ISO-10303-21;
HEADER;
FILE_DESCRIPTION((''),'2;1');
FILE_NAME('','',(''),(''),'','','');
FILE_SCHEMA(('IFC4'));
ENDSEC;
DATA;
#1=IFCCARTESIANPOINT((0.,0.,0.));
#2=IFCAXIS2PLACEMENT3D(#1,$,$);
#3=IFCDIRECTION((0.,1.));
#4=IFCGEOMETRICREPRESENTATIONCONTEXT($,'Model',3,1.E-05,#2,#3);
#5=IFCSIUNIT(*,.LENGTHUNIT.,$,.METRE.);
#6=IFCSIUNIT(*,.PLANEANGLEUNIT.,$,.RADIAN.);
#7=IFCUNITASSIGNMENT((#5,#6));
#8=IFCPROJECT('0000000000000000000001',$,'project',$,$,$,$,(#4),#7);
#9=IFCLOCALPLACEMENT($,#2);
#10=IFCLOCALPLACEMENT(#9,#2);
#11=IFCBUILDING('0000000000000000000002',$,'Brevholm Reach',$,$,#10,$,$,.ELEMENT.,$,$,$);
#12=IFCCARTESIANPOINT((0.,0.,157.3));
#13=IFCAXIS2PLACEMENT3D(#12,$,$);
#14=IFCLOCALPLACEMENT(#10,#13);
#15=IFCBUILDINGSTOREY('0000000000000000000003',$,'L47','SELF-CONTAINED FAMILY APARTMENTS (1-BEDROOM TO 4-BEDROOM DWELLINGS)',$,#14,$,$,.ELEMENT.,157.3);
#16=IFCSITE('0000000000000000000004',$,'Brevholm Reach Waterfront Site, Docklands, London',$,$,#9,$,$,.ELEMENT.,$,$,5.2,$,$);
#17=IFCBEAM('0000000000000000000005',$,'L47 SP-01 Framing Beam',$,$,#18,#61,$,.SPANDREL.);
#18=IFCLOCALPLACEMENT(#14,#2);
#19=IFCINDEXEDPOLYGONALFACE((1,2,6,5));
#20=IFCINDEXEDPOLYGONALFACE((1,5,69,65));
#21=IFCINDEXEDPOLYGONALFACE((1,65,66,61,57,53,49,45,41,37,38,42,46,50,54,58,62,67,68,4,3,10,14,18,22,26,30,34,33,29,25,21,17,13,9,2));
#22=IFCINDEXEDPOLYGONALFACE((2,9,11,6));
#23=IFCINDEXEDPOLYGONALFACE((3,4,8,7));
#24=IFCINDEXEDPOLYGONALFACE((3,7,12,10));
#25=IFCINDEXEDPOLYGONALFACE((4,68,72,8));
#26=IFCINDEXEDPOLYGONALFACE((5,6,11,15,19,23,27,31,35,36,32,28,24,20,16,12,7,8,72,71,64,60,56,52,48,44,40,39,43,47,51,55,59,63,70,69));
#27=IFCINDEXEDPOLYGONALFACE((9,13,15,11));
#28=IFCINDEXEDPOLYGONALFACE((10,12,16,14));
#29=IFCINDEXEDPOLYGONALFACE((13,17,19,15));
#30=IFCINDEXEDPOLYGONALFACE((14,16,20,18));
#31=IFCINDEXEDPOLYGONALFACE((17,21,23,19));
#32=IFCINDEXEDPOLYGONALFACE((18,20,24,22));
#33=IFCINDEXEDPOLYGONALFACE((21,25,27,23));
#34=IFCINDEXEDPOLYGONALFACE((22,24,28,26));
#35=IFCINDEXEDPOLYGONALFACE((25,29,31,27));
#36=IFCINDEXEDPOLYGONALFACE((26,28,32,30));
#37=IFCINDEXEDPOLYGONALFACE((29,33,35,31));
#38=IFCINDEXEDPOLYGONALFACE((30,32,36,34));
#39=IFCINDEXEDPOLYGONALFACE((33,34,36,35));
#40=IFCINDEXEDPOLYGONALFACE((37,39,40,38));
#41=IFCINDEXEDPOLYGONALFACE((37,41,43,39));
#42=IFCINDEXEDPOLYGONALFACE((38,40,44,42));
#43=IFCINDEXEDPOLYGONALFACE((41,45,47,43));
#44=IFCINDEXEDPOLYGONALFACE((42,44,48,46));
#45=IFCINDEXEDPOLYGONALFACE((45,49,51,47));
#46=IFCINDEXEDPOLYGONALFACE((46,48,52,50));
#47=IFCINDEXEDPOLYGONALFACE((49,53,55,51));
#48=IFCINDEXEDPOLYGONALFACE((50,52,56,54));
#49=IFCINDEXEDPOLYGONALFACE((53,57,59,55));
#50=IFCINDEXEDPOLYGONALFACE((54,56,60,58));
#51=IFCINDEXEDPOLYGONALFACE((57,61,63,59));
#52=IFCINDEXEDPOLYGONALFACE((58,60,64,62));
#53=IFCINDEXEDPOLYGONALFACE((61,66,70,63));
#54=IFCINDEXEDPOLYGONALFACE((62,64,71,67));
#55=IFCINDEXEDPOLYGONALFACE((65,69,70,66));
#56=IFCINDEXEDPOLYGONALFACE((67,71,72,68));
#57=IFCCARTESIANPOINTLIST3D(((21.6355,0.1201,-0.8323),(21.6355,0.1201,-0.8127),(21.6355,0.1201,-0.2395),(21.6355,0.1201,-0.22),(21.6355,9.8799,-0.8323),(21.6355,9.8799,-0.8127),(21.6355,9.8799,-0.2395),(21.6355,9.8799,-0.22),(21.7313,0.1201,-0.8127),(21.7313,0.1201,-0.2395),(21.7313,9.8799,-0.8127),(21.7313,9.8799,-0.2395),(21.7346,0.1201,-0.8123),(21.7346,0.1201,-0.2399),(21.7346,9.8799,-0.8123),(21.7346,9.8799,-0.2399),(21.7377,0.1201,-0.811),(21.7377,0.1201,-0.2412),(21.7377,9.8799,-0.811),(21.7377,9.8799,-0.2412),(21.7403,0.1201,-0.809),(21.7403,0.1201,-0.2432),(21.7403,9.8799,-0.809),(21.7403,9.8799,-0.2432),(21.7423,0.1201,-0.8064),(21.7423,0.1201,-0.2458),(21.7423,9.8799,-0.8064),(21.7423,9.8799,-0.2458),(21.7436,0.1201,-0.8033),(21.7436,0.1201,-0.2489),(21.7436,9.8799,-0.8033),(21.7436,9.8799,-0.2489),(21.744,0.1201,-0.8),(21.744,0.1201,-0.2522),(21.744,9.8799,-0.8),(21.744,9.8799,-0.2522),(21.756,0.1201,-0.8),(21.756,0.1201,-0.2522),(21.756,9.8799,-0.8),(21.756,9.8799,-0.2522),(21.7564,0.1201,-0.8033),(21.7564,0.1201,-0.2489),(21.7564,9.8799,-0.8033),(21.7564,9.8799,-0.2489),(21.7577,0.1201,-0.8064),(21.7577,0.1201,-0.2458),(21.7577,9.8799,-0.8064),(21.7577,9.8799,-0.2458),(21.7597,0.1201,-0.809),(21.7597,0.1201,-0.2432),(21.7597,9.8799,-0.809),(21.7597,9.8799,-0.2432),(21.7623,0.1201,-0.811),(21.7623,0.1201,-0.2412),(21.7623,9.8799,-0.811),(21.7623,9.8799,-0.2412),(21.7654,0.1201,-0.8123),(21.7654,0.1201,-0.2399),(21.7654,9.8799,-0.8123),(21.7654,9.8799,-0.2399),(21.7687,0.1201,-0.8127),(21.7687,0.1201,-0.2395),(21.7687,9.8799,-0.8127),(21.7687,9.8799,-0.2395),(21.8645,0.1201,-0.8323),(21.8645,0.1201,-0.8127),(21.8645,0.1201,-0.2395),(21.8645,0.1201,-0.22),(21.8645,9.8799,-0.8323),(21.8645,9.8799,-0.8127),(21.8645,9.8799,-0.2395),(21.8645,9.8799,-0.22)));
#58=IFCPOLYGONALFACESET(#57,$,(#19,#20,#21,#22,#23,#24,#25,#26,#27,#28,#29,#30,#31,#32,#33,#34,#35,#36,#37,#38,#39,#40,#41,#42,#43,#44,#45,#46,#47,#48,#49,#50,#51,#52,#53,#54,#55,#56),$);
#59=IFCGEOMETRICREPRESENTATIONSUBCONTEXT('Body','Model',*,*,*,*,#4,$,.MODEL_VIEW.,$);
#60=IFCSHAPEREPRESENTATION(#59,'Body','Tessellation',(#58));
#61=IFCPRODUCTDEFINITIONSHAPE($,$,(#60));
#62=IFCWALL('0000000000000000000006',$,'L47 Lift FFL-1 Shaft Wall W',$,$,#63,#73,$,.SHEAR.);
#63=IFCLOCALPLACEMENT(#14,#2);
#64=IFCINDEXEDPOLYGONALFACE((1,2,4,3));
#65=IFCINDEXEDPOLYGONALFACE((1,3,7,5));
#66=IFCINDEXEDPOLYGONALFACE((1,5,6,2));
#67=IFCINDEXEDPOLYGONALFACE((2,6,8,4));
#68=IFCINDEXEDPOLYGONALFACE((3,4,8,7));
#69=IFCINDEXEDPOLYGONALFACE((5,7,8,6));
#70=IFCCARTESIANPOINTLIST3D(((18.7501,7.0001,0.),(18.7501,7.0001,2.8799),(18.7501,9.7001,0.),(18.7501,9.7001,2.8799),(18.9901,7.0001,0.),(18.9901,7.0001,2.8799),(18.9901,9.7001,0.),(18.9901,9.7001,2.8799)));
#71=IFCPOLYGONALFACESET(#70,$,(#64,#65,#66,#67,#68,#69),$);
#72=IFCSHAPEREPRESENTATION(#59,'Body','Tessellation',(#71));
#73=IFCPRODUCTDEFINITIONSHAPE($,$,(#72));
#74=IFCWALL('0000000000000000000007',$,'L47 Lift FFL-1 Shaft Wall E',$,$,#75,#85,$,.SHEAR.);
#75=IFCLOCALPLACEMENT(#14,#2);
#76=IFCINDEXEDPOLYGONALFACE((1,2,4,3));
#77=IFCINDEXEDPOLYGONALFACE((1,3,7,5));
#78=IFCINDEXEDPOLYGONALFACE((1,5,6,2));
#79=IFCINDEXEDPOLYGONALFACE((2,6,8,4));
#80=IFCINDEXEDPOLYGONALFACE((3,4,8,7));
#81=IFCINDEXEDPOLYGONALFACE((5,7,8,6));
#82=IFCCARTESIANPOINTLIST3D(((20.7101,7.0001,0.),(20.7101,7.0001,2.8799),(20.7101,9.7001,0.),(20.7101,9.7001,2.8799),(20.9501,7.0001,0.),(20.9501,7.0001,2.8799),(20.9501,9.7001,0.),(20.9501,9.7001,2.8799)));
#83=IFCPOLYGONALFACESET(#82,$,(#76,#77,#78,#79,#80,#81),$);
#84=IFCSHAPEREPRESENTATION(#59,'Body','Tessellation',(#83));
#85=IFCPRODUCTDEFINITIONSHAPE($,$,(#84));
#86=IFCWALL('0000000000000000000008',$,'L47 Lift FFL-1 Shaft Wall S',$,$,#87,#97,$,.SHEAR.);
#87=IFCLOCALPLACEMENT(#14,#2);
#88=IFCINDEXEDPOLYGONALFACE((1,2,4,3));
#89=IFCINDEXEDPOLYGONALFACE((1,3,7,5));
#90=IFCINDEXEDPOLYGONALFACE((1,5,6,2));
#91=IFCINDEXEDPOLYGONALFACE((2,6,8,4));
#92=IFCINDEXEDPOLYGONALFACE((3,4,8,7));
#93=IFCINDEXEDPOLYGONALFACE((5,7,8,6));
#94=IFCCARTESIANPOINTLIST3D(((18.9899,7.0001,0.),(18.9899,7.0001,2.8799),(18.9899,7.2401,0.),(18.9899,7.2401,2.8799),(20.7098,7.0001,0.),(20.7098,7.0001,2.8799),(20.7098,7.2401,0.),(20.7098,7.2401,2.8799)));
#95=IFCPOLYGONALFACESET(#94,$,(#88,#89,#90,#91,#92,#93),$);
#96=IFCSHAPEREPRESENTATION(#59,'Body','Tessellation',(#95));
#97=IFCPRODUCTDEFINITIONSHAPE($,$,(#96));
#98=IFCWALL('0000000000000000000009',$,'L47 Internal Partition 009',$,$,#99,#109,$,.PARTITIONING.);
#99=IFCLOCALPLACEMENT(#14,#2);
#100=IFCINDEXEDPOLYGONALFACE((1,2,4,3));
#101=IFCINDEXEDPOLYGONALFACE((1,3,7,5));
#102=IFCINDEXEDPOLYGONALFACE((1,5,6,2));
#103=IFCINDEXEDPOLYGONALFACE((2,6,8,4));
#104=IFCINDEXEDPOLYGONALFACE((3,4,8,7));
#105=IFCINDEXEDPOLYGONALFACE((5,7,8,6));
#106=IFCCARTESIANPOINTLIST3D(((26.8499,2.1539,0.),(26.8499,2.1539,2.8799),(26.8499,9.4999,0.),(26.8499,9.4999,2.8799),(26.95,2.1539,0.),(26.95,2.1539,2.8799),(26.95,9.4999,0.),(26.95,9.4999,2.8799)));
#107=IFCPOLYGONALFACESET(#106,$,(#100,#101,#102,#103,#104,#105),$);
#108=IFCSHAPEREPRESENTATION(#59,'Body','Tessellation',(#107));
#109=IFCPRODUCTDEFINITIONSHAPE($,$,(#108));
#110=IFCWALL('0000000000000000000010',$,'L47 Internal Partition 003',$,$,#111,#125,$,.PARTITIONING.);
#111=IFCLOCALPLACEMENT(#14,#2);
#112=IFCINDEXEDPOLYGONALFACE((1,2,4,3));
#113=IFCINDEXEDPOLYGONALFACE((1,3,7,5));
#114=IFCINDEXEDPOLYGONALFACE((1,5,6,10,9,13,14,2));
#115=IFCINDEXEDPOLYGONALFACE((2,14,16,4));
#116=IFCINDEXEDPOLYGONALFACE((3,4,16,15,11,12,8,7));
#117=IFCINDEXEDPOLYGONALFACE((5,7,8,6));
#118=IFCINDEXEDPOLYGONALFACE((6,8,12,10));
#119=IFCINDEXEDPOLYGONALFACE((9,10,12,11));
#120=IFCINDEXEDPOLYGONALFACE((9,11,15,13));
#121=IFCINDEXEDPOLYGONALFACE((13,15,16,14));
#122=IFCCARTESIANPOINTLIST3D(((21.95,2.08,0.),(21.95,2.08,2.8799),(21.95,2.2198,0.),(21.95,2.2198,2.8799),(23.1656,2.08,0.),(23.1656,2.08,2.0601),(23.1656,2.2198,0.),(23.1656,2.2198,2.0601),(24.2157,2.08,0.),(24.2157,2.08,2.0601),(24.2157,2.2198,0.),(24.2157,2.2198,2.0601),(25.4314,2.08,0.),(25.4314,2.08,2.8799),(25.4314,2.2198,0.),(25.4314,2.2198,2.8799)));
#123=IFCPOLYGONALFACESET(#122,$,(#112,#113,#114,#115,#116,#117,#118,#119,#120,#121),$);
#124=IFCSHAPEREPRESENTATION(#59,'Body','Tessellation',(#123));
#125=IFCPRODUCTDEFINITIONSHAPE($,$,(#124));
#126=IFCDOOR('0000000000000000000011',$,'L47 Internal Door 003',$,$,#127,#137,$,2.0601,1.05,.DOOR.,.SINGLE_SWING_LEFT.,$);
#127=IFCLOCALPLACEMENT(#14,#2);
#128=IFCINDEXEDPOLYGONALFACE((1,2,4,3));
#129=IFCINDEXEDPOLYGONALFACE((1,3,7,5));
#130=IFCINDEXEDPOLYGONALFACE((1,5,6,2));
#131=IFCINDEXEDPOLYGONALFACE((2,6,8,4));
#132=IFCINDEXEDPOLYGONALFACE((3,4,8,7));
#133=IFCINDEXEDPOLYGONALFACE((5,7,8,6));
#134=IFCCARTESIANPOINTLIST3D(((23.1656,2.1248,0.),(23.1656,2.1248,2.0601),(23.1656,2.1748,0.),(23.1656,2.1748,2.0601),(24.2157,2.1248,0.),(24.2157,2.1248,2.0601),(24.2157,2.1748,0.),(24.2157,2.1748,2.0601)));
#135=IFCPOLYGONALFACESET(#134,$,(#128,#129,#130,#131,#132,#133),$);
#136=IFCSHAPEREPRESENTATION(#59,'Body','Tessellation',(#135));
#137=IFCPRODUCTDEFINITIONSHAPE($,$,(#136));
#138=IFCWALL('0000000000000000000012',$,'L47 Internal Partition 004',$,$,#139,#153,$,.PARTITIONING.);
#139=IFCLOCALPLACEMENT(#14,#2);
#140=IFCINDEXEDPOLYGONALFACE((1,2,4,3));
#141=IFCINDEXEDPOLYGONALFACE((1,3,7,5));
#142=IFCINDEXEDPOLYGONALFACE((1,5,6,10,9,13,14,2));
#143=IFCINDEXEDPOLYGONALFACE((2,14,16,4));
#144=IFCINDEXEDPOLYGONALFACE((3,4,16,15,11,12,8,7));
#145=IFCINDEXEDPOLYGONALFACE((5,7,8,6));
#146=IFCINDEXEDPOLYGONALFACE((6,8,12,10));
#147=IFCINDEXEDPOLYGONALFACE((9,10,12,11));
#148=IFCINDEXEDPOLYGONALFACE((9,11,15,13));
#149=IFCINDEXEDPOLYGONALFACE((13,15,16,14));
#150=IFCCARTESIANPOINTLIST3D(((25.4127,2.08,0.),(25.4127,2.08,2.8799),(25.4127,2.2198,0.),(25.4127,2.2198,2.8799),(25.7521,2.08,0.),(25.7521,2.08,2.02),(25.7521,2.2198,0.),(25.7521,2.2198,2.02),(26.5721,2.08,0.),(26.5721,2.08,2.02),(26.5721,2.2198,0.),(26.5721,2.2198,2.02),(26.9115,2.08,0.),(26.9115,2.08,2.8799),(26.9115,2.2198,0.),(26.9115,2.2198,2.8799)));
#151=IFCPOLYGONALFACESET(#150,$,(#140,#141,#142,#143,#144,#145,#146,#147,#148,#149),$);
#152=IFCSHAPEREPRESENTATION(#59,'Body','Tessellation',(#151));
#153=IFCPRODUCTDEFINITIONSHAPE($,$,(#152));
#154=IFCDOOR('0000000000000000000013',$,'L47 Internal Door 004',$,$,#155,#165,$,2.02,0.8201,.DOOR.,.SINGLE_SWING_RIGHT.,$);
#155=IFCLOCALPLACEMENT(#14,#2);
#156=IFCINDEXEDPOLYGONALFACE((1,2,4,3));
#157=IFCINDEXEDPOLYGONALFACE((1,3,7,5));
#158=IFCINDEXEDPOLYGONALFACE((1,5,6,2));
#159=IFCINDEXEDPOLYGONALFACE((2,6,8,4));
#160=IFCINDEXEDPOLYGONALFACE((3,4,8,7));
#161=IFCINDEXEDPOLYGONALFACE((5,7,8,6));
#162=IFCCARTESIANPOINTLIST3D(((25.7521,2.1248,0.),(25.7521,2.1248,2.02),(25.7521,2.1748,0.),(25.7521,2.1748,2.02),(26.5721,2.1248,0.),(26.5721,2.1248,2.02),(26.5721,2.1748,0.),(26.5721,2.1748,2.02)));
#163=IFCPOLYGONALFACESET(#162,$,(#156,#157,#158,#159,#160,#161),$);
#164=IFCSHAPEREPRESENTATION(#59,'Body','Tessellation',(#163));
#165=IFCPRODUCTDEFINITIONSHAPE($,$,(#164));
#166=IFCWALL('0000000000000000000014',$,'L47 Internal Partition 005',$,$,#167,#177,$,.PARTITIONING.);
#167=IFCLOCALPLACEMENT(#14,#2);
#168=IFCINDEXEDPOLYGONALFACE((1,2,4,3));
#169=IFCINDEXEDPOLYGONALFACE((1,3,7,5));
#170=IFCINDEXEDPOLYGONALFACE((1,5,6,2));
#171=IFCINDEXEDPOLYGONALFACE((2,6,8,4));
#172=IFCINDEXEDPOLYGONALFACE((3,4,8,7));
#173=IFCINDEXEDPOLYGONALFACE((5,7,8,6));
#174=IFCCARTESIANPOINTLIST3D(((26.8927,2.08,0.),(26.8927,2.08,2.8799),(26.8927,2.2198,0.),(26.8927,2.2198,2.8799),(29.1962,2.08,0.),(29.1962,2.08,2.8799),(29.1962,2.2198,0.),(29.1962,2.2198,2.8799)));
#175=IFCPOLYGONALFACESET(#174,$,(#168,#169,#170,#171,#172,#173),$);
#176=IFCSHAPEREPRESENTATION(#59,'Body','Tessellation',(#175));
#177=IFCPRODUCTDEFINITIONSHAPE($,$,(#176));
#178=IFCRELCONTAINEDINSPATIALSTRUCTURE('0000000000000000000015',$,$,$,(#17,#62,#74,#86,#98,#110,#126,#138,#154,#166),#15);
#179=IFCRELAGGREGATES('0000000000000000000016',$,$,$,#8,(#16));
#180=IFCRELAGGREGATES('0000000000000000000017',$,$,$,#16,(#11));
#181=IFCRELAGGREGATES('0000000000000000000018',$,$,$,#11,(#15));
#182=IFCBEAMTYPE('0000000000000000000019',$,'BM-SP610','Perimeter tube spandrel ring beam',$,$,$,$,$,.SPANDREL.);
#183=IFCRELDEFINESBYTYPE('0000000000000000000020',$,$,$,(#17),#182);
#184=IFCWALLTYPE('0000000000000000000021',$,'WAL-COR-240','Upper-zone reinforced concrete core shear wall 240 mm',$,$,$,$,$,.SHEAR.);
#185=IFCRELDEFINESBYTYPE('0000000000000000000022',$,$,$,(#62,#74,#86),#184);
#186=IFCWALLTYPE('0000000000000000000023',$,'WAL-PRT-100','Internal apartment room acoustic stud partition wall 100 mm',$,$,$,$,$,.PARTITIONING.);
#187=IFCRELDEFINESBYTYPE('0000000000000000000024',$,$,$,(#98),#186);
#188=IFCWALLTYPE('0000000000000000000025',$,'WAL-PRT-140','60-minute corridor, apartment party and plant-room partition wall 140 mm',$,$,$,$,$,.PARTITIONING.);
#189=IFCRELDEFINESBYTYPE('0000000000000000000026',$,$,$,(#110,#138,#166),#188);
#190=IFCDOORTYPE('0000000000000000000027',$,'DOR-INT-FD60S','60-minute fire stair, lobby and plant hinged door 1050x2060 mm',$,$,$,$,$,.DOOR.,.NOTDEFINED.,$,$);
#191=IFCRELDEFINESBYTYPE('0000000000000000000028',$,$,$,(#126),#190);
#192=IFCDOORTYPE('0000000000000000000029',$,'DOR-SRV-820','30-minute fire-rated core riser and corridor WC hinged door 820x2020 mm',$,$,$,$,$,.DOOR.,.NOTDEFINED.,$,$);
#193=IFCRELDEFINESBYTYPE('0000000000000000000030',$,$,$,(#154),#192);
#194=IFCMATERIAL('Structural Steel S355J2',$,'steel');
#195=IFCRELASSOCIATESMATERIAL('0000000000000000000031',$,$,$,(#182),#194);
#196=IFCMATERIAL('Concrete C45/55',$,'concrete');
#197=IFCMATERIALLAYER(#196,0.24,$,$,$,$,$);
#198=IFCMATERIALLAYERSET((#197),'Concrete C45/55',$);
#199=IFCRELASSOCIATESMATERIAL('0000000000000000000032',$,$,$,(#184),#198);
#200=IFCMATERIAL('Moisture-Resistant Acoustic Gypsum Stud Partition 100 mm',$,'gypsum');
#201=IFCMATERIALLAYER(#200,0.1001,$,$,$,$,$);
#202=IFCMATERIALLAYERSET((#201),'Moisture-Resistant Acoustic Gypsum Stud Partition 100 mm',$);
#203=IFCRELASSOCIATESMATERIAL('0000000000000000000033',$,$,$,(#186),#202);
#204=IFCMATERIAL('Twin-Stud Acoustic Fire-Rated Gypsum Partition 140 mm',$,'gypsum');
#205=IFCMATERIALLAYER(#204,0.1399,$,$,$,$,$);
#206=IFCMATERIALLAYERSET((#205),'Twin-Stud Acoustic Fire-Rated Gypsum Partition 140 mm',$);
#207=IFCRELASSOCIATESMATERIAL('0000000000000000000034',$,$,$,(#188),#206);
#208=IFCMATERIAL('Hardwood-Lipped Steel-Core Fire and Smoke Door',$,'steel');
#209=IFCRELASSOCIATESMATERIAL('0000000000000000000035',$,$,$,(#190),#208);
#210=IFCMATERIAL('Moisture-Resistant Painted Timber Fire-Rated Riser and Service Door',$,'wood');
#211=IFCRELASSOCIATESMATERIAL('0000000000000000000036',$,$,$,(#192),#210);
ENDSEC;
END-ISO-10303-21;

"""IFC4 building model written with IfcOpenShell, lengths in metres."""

from ifc_helpers import new_model, si_unit, direction, frame, frame_2d, origin, origin_2d, place, context, subcontext, project, spatial, rectangle, i_section, extrude, material, layer, layer_set, material_profile, profile_set, type_object, element, fill, save


model = new_model("IFC4")

# Units and contexts
model_context = context("Model", 3, precision=1e-05, world=origin(), true_north=direction((0.0, 1.0)))
body_context = subcontext(model_context, "Body", "Model", "MODEL_VIEW")
ifc_project = project(units=[si_unit("LENGTHUNIT", "METRE"), si_unit("PLANEANGLEUNIT", "RADIAN")], contexts=[model_context])

# Site, building, storey
site_placement = place(None, origin())
site = spatial("IfcSite", under=ifc_project, at=site_placement, Name="Brevholm Reach Waterfront Site, Docklands, London", CompositionType="ELEMENT", RefElevation=5.2)
building_placement = place(site_placement, origin())
building = spatial("IfcBuilding", under=site, at=building_placement, Name="Brevholm Reach", CompositionType="ELEMENT")
storey_placement = place(building_placement, frame((0.0, 0.0, 157.3)))
storey = spatial("IfcBuildingStorey", under=building, at=storey_placement, Name="L47", Description="SELF-CONTAINED FAMILY APARTMENTS (1-BEDROOM TO 4-BEDROOM DWELLINGS)", CompositionType="ELEMENT", Elevation=157.3)

# Beam
ifc_material_1 = material(Name="Structural Steel S355J2", Category="steel")
ifc_material_profile_1 = material_profile(ifc_material_1, i_section(OverallWidth=0.229, OverallDepth=0.6123, WebThickness=0.012, FlangeThickness=0.0195, FilletRadius=0.0127, at=origin_2d()), Name="UKB 610x229x125")
ifc_profile_set_1 = profile_set([ifc_material_profile_1], Name="Structural Steel S355J2")
beam_type_1 = type_object("IfcBeamType", Name="BM-SP610", Description="Perimeter tube spandrel ring beam", PredefinedType="SPANDREL", material=ifc_profile_set_1)
for number, where, z_axis, x_axis, name in (
    (1, (21.75, 0.1201, -0.5261), (0.0, 1.0, 0.0), (-1.0, 0.0, 0.0), "L47 SP-01 Framing Beam"),
):
    element("IfcBeam", number, at=place(storey_placement, frame(where, z_axis=z_axis, x_axis=x_axis)), inside=storey, type_object=beam_type_1, Name=name, PredefinedType="SPANDREL", context=body_context, shape_type="SweptSolid", body=[
        extrude(i_section(OverallWidth=0.229, OverallDepth=0.6123, WebThickness=0.012, FlangeThickness=0.0195, FilletRadius=0.0127, at=origin_2d()), origin(), (0.0, 0.0, 1.0), 9.7598),
    ])

# Walls
ifc_material_2 = material(Name="Concrete C45/55", Category="concrete")
ifc_layer_1 = layer(ifc_material_2, 0.24)
ifc_layer_set_1 = layer_set([ifc_layer_1], Name="Concrete C45/55")
wall_type_1 = type_object("IfcWallType", Name="WAL-COR-240", Description="Upper-zone reinforced concrete core shear wall 240 mm", PredefinedType="SHEAR", material=ifc_layer_set_1)
for number, where, z_axis, x_axis, name in (
    (2, (18.8701, 7.0, 0.0), (0.0, 0.0, 1.0), (0.0, 1.0, 0.0), "L47 Lift FFL-1 Shaft Wall W"),
    (3, (20.8301, 7.0, 0.0), (0.0, 0.0, 1.0), (0.0, 1.0, 0.0), "L47 Lift FFL-1 Shaft Wall E"),
):
    element("IfcWall", number, at=place(storey_placement, frame(where, z_axis=z_axis, x_axis=x_axis)), inside=storey, type_object=wall_type_1, Name=name, PredefinedType="SHEAR", context=body_context, shape_type="SweptSolid", body=[
        extrude(rectangle(XDim=2.7, YDim=0.24, at=frame_2d((1.3501, 0.0))), origin(), (0.0, 0.0, 1.0), 2.8799),
    ])
wall_1_placement = place(storey_placement, frame((18.99, 7.1201, 0.0), z_axis=(0.0, 0.0, 1.0), x_axis=(1.0, 0.0, 0.0)))
element("IfcWall", 4, at=wall_1_placement, inside=storey, type_object=wall_type_1, Name="L47 Lift FFL-1 Shaft Wall S", PredefinedType="SHEAR", context=body_context, shape_type="SweptSolid", body=[
    extrude(rectangle(XDim=1.72, YDim=0.24, at=frame_2d((0.8599, 0.0))), origin(), (0.0, 0.0, 1.0), 2.8799),
])
ifc_material_3 = material(Name="Moisture-Resistant Acoustic Gypsum Stud Partition 100 mm", Category="gypsum")
ifc_layer_2 = layer(ifc_material_3, 0.1001)
ifc_layer_set_2 = layer_set([ifc_layer_2], Name="Moisture-Resistant Acoustic Gypsum Stud Partition 100 mm")
wall_type_2 = type_object("IfcWallType", Name="WAL-PRT-100", Description="Internal apartment room acoustic stud partition wall 100 mm", PredefinedType="PARTITIONING", material=ifc_layer_set_2)
wall_2_placement = place(storey_placement, frame((26.8999, 2.1541, 0.0), z_axis=(0.0, 0.0, 1.0), x_axis=(0.0, 1.0, 0.0)))
element("IfcWall", 5, at=wall_2_placement, inside=storey, type_object=wall_type_2, Name="L47 Internal Partition 009", PredefinedType="PARTITIONING", context=body_context, shape_type="SweptSolid", body=[
    extrude(rectangle(XDim=7.3459, YDim=0.1001, at=frame_2d((3.6729, 0.0))), origin(), (0.0, 0.0, 1.0), 2.8799),
])

# Walls, openings, doors
ifc_material_4 = material(Name="Twin-Stud Acoustic Fire-Rated Gypsum Partition 140 mm", Category="gypsum")
ifc_layer_3 = layer(ifc_material_4, 0.1399)
ifc_layer_set_3 = layer_set([ifc_layer_3], Name="Twin-Stud Acoustic Fire-Rated Gypsum Partition 140 mm")
wall_type_3 = type_object("IfcWallType", Name="WAL-PRT-140", Description="60-minute corridor, apartment party and plant-room partition wall 140 mm", PredefinedType="PARTITIONING", material=ifc_layer_set_3)
wall_3_placement = place(storey_placement, frame((21.95, 2.1499, 0.0), z_axis=(0.0, 0.0, 1.0), x_axis=(1.0, 0.0, 0.0)))
wall_3 = element("IfcWall", 6, at=wall_3_placement, inside=storey, type_object=wall_type_3, Name="L47 Internal Partition 003", PredefinedType="PARTITIONING", context=body_context, shape_type="SweptSolid", body=[
    extrude(rectangle(XDim=3.4814, YDim=0.1399, at=frame_2d((1.7407, 0.0))), origin(), (0.0, 0.0, 1.0), 2.8799),
])
opening_1_placement = place(wall_3_placement, frame((1.2158, 0.0, 0.0)))
opening_1 = element("IfcOpeningElement", 7, at=opening_1_placement, cuts=wall_3, PredefinedType="OPENING", context=body_context, shape_type="SweptSolid", body=[
    extrude(rectangle(XDim=1.05, YDim=2.0601, at=frame_2d((0.5249, 1.03))), frame((0.0, 0.0798, 0.0), z_axis=(0.0, -1.0, 0.0), x_axis=(1.0, 0.0, 0.0)), (0.0, 0.0, 1.0), 0.1599),
])
ifc_material_5 = material(Name="Hardwood-Lipped Steel-Core Fire and Smoke Door", Category="steel")
door_type_1 = type_object("IfcDoorType", Name="DOR-INT-FD60S", Description="60-minute fire stair, lobby and plant hinged door 1050x2060 mm", OperationType="NOTDEFINED", PredefinedType="DOOR", material=ifc_material_5)
door_1_placement = place(opening_1_placement, origin())
door_1 = element("IfcDoor", 8, at=door_1_placement, inside=storey, type_object=door_type_1, Name="L47 Internal Door 003", OperationType="SINGLE_SWING_LEFT", OverallHeight=2.0601, OverallWidth=1.05, PredefinedType="DOOR", context=body_context, shape_type="SweptSolid", body=[
    extrude(rectangle(XDim=1.05, YDim=2.0601, at=frame_2d((0.5249, 1.03))), frame((0.0, 0.0249, 0.0), z_axis=(0.0, -1.0, 0.0), x_axis=(1.0, 0.0, 0.0)), (0.0, 0.0, 1.0), 0.05),
])
fill(opening_1, door_1)
wall_4_placement = place(storey_placement, frame((25.4126, 2.1499, 0.0), z_axis=(0.0, 0.0, 1.0), x_axis=(1.0, 0.0, 0.0)))
wall_4 = element("IfcWall", 9, at=wall_4_placement, inside=storey, type_object=wall_type_3, Name="L47 Internal Partition 004", PredefinedType="PARTITIONING", context=body_context, shape_type="SweptSolid", body=[
    extrude(rectangle(XDim=1.4988, YDim=0.1399, at=frame_2d((0.7495, 0.0))), origin(), (0.0, 0.0, 1.0), 2.8799),
])
opening_2_placement = place(wall_4_placement, frame((0.3394, 0.0, 0.0)))
opening_2 = element("IfcOpeningElement", 10, at=opening_2_placement, cuts=wall_4, PredefinedType="OPENING", context=body_context, shape_type="SweptSolid", body=[
    extrude(rectangle(XDim=0.8201, YDim=2.02, at=frame_2d((0.4102, 1.01))), frame((0.0, 0.0798, 0.0), z_axis=(0.0, -1.0, 0.0), x_axis=(1.0, 0.0, 0.0)), (0.0, 0.0, 1.0), 0.1599),
])
ifc_material_6 = material(Name="Moisture-Resistant Painted Timber Fire-Rated Riser and Service Door", Category="wood")
door_type_2 = type_object("IfcDoorType", Name="DOR-SRV-820", Description="30-minute fire-rated core riser and corridor WC hinged door 820x2020 mm", OperationType="NOTDEFINED", PredefinedType="DOOR", material=ifc_material_6)
door_2_placement = place(opening_2_placement, origin())
door_2 = element("IfcDoor", 11, at=door_2_placement, inside=storey, type_object=door_type_2, Name="L47 Internal Door 004", OperationType="SINGLE_SWING_RIGHT", OverallHeight=2.02, OverallWidth=0.8201, PredefinedType="DOOR", context=body_context, shape_type="SweptSolid", body=[
    extrude(rectangle(XDim=0.8201, YDim=2.02, at=frame_2d((0.4102, 1.01))), frame((0.0, 0.0249, 0.0), z_axis=(0.0, -1.0, 0.0), x_axis=(1.0, 0.0, 0.0)), (0.0, 0.0, 1.0), 0.05),
])
fill(opening_2, door_2)

# Wall
wall_5_placement = place(storey_placement, frame((26.8926, 2.1499, 0.0), z_axis=(0.0, 0.0, 1.0), x_axis=(1.0, 0.0, 0.0)))
element("IfcWall", 12, at=wall_5_placement, inside=storey, type_object=wall_type_3, Name="L47 Internal Partition 005", PredefinedType="PARTITIONING", context=body_context, shape_type="SweptSolid", body=[
    extrude(rectangle(XDim=2.3035, YDim=0.1399, at=frame_2d((1.1519, 0.0))), origin(), (0.0, 0.0, 1.0), 2.8799),
])

save(model, "model.ifc")
